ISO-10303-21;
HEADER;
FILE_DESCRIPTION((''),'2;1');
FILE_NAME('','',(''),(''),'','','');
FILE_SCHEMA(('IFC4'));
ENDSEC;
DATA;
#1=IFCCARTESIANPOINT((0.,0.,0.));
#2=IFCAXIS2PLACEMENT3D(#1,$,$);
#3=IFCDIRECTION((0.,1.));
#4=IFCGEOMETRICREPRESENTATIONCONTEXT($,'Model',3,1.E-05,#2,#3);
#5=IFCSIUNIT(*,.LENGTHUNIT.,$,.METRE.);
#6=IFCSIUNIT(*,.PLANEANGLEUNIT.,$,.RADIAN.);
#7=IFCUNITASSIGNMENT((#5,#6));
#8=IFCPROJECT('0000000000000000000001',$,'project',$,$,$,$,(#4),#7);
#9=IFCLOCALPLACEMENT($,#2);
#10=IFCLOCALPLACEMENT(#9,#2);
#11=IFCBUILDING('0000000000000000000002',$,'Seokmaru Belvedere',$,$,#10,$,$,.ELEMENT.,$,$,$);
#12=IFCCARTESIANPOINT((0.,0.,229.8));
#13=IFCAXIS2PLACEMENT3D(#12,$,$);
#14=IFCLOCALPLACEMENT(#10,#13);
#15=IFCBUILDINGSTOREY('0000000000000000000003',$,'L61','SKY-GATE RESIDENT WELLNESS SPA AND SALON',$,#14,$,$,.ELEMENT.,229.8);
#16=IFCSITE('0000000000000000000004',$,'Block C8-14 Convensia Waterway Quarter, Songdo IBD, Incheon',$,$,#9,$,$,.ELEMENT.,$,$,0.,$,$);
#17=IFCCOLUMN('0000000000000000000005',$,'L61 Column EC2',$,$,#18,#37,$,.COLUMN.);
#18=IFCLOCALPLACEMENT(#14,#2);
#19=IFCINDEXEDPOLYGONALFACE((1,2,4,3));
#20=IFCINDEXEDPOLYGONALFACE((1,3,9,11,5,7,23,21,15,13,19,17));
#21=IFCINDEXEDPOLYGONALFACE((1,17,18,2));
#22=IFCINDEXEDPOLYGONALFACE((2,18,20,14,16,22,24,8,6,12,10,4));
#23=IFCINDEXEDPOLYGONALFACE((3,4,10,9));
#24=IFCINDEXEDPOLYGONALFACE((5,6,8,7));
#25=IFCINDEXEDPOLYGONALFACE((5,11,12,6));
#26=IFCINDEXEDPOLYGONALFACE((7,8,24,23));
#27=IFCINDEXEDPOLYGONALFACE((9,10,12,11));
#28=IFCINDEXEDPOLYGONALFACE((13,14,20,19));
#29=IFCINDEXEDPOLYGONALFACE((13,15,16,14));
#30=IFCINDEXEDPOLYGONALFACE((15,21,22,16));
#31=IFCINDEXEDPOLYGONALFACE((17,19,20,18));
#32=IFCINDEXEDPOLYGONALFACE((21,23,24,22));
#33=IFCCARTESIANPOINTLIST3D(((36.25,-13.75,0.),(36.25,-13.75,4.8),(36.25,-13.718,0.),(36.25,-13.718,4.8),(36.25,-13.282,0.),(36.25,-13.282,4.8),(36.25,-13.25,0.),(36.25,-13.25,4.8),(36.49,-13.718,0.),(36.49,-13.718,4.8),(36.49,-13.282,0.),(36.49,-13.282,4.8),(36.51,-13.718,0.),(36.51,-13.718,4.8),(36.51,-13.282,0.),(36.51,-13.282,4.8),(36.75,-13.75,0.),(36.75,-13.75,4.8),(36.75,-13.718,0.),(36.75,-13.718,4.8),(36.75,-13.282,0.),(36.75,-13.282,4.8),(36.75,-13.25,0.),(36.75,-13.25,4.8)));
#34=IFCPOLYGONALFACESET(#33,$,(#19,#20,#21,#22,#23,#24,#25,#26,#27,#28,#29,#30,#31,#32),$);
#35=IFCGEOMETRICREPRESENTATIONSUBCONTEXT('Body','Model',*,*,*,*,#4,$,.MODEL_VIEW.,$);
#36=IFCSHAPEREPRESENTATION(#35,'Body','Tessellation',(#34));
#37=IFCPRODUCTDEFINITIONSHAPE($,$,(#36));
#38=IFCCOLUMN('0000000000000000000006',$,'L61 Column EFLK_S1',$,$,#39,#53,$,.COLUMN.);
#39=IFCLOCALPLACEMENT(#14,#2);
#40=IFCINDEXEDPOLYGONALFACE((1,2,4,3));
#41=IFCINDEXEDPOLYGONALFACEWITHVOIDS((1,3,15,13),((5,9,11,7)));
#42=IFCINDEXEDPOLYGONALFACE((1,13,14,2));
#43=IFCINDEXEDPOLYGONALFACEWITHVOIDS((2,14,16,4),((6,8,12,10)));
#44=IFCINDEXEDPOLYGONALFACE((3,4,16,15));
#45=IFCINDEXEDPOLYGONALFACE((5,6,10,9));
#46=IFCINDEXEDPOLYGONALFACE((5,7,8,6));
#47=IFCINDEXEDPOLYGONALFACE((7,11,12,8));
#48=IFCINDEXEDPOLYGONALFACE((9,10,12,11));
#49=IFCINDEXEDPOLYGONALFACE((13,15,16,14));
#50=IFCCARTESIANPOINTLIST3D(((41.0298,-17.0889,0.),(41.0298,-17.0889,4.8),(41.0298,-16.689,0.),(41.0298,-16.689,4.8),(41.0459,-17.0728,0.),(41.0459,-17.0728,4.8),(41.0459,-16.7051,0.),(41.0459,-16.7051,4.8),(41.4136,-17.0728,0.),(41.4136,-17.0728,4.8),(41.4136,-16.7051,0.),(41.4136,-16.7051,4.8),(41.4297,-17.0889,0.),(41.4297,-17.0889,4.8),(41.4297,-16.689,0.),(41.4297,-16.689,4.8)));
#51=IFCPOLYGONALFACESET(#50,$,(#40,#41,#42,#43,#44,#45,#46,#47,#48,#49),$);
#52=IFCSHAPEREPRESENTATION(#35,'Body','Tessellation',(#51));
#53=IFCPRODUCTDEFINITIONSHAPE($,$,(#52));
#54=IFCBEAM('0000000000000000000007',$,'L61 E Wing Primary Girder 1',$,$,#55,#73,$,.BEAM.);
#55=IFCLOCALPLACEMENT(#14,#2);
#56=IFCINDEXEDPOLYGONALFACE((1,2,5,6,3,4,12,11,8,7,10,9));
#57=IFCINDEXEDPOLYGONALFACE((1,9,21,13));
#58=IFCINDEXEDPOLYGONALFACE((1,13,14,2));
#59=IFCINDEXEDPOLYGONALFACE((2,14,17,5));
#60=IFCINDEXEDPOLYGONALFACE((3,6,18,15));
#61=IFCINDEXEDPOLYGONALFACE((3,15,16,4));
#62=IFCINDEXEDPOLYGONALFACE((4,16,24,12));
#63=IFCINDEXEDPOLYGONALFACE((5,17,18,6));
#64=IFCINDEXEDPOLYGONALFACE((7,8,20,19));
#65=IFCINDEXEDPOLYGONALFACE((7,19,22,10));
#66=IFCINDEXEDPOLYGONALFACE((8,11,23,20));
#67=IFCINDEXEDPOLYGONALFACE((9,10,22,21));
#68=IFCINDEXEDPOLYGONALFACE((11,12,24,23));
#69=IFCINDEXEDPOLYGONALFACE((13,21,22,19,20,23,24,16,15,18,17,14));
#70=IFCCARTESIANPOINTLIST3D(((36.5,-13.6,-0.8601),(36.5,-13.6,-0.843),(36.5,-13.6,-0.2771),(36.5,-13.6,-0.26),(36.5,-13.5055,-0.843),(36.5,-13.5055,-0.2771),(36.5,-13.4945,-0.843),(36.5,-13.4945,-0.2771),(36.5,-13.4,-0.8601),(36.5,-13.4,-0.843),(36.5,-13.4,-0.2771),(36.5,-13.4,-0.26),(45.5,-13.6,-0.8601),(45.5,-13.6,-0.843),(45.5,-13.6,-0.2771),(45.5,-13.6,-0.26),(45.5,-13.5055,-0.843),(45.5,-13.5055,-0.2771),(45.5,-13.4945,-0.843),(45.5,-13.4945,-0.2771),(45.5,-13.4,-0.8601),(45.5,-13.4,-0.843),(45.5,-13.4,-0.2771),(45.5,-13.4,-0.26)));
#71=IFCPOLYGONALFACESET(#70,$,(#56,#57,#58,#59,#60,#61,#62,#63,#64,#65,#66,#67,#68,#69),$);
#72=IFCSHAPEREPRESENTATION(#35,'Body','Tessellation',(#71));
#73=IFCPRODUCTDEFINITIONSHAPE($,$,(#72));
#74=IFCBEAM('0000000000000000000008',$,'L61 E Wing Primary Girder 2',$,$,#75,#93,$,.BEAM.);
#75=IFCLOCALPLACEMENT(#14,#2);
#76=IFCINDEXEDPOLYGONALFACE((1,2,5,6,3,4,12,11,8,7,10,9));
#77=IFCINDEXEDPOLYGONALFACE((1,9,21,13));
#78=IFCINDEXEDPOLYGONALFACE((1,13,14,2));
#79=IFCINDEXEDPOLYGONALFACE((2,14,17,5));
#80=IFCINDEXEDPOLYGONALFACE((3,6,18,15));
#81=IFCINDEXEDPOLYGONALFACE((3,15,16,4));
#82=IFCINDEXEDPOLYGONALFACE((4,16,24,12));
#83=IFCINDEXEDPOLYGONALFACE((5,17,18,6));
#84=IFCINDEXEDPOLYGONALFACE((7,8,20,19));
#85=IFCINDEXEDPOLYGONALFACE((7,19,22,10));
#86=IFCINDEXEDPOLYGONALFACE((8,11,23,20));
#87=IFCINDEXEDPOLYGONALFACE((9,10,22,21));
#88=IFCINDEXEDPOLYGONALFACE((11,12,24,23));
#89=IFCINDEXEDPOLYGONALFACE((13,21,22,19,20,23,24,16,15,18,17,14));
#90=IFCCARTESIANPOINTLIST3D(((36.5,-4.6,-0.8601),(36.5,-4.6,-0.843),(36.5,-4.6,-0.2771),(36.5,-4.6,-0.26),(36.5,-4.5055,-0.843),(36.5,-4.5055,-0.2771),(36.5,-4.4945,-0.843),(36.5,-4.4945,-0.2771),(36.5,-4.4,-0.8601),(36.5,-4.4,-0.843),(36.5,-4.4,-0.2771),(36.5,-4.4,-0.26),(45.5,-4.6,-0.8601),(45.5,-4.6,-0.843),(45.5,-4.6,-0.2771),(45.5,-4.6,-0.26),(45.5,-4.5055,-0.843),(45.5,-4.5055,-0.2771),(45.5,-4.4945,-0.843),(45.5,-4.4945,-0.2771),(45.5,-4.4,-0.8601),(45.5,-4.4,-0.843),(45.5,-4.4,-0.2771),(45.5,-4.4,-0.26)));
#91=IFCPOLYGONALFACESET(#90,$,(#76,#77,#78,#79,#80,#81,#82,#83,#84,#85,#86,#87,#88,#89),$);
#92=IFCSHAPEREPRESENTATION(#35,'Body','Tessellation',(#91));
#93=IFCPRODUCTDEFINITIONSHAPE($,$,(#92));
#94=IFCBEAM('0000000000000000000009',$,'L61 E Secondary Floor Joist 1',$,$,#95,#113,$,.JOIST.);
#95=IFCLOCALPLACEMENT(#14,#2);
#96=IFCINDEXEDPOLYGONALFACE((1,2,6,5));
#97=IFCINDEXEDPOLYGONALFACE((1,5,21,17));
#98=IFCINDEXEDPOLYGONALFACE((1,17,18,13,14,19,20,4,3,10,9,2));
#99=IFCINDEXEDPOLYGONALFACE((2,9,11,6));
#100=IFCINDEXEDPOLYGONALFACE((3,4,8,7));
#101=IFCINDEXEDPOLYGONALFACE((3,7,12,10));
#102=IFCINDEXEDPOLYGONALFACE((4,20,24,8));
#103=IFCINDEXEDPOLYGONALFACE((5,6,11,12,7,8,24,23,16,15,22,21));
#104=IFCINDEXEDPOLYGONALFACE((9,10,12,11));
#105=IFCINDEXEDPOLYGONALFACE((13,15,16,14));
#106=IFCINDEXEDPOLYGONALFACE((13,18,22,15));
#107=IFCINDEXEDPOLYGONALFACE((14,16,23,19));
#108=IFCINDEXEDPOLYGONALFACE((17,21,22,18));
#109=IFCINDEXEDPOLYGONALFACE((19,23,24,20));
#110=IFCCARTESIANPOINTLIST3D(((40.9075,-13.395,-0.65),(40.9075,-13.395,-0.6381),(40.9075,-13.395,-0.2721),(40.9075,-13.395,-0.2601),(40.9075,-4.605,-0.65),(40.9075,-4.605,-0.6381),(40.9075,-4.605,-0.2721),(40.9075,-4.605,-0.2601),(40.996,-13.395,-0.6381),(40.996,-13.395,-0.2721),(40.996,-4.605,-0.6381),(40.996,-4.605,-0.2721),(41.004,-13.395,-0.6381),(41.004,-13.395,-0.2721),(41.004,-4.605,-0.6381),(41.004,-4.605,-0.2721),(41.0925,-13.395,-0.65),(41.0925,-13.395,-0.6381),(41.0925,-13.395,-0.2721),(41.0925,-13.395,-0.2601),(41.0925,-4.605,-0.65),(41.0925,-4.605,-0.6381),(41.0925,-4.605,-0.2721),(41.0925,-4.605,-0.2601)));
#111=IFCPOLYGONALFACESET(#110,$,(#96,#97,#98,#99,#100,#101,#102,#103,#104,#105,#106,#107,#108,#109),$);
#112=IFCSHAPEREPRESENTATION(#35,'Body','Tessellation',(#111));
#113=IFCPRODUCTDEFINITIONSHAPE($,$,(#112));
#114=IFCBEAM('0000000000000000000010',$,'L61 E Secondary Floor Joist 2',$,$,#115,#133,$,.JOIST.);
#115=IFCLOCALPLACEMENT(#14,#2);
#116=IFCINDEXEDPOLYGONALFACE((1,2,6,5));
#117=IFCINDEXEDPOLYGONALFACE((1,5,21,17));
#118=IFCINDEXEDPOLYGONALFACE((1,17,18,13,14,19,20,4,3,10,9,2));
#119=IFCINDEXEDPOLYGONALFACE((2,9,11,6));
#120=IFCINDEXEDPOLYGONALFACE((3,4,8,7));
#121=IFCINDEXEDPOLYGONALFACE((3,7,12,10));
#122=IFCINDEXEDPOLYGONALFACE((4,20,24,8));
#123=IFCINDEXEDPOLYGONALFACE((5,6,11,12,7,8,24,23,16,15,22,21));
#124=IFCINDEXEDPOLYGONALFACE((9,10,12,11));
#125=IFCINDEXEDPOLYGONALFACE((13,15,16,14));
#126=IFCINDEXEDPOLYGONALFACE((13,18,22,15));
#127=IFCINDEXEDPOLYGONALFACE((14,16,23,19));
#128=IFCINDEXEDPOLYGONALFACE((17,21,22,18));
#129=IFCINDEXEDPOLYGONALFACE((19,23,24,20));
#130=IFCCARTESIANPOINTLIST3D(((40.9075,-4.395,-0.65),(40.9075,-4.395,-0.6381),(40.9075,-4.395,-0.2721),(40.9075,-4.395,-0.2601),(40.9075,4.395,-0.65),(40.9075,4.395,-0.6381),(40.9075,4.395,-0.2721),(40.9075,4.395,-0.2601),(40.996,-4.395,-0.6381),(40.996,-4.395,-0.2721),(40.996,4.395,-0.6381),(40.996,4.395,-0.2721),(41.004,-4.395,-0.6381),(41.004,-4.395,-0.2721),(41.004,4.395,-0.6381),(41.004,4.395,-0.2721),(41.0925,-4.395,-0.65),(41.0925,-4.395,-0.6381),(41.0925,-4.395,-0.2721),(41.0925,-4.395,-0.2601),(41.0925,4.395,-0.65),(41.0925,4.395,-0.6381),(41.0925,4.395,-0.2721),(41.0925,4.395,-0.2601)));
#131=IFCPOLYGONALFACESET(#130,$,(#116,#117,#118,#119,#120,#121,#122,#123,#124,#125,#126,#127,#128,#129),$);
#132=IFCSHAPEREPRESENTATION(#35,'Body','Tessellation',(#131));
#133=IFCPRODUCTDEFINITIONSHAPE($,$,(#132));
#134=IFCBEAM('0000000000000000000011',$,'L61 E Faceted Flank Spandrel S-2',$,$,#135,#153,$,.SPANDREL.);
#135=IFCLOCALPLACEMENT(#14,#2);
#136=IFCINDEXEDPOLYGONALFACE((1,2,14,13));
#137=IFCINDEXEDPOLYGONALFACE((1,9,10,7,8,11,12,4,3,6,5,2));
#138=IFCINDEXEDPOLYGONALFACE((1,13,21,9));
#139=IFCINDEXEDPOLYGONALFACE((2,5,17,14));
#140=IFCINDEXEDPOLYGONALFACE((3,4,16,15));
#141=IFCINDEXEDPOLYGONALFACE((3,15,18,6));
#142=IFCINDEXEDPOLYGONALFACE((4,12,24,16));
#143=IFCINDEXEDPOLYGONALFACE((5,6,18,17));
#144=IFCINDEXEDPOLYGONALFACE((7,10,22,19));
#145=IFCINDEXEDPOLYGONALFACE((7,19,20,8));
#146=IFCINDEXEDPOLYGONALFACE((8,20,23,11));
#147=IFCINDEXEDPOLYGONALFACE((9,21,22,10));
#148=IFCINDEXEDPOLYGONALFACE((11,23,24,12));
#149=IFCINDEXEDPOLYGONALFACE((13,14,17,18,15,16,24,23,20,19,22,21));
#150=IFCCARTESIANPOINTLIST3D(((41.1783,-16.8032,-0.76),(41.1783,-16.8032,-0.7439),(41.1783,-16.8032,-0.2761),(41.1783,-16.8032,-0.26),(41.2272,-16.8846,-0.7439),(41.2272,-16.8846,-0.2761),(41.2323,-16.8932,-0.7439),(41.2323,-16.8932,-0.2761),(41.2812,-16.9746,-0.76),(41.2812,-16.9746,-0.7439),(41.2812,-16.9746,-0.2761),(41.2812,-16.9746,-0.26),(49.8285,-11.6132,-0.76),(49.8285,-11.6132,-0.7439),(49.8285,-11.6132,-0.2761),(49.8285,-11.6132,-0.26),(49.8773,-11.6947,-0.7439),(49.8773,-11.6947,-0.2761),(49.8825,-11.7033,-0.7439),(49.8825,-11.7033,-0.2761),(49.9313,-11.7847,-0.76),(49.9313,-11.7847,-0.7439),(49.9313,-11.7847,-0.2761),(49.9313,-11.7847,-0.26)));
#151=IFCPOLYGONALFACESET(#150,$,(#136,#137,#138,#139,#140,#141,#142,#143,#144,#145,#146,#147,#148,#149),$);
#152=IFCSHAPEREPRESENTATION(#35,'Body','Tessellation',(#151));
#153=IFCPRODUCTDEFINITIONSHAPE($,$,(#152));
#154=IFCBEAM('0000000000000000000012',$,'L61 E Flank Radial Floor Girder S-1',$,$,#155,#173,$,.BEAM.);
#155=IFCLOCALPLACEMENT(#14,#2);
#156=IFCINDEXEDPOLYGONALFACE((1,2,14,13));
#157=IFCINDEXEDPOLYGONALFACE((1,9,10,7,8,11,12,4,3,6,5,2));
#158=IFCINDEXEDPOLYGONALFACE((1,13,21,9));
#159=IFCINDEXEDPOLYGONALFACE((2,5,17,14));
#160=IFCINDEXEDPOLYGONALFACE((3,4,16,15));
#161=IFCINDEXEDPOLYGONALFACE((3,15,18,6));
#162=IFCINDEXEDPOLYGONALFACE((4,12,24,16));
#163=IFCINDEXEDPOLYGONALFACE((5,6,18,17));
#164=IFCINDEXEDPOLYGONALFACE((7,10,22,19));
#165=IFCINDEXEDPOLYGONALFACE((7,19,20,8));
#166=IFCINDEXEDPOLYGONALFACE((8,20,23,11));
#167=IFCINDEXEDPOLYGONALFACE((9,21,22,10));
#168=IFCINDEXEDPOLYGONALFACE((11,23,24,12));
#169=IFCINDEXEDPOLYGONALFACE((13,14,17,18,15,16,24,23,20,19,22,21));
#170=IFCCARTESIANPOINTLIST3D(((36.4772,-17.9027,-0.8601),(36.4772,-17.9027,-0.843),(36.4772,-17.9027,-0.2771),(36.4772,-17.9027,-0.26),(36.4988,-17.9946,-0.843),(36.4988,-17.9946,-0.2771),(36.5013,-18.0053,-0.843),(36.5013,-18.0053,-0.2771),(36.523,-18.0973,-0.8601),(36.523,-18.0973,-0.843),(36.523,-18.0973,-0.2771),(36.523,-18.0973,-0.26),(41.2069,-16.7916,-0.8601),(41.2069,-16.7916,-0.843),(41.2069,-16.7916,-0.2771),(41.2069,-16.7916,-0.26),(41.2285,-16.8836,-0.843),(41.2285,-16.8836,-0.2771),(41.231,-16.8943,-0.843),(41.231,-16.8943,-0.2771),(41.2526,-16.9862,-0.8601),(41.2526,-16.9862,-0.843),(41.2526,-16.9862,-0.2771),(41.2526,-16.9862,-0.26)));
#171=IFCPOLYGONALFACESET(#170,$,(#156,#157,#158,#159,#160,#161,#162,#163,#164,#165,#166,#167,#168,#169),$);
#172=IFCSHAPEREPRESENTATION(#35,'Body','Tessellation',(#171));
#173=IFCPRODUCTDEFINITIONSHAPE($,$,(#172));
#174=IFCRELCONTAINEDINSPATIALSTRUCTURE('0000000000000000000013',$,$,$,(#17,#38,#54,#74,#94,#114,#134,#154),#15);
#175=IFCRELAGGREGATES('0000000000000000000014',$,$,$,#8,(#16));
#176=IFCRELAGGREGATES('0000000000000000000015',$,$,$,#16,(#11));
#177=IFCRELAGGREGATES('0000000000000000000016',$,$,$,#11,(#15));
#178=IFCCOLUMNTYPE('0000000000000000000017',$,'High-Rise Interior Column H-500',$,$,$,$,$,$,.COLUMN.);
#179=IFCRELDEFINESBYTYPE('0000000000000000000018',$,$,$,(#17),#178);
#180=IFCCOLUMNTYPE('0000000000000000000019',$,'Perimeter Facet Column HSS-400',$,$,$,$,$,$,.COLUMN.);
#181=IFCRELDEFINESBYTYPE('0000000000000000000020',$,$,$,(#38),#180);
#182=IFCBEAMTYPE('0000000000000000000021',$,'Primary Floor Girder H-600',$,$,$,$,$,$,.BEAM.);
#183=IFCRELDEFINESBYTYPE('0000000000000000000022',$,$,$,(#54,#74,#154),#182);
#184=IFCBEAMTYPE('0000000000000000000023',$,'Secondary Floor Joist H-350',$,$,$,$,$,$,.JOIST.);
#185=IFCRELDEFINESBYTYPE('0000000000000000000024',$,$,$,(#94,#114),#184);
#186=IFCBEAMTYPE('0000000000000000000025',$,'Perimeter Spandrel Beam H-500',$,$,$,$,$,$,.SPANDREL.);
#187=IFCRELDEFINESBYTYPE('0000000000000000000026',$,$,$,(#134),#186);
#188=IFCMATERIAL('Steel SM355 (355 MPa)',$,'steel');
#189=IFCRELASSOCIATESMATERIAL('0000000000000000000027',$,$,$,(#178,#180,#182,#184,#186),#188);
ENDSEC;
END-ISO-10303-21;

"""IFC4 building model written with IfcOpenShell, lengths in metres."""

from ifc_helpers import new_model, si_unit, direction, frame, origin, origin_2d, place, context, subcontext, project, spatial, hollow_rectangle, i_section, extrude, source, transform, mapped, material, material_profile, profile_set, type_object, type_shapes, element, save


model = new_model("IFC4")

# Units and contexts
model_context = context("Model", 3, precision=1e-05, world=origin(), true_north=direction((0.0, 1.0)))
body_context = subcontext(model_context, "Body", "Model", "MODEL_VIEW")
ifc_project = project(units=[si_unit("LENGTHUNIT", "METRE"), si_unit("PLANEANGLEUNIT", "RADIAN")], contexts=[model_context])

# Site, building, storey
site_placement = place(None, origin())
site = spatial("IfcSite", under=ifc_project, at=site_placement, Name="Block C8-14 Convensia Waterway Quarter, Songdo IBD, Incheon", CompositionType="ELEMENT", RefElevation=0.0)
building_placement = place(site_placement, origin())
building = spatial("IfcBuilding", under=site, at=building_placement, Name="Seokmaru Belvedere", CompositionType="ELEMENT")
storey_placement = place(building_placement, frame((0.0, 0.0, 229.8)))
storey = spatial("IfcBuildingStorey", under=building, at=storey_placement, Name="L61", Description="SKY-GATE RESIDENT WELLNESS SPA AND SALON", CompositionType="ELEMENT", Elevation=229.8)

# Columns
ifc_material_1 = material(Name="Steel SM355 (355 MPa)", Category="steel")
ifc_material_profile_1 = material_profile(ifc_material_1, i_section(OverallWidth=0.5, OverallDepth=0.5, WebThickness=0.02, FlangeThickness=0.032, at=origin_2d()), Name="H-500x500x20x32")
ifc_profile_set_1 = profile_set([ifc_material_profile_1], Name="Steel SM355 (355 MPa)")
column_type_1 = type_object("IfcColumnType", Name="High-Rise Interior Column H-500", PredefinedType="COLUMN", material=ifc_profile_set_1)
shared_shape_1 = source(origin(), body_context, "Body", "SweptSolid", [
    extrude(i_section(OverallWidth=0.5, OverallDepth=0.5, WebThickness=0.02, FlangeThickness=0.032, at=origin_2d()), origin(), (0.0, 0.0, 1.0), 4.8),
])
type_shapes(column_type_1, [shared_shape_1])
column_1_placement = place(storey_placement, frame((36.5, -13.5, 0.0), z_axis=(0.0, 0.0, 1.0), x_axis=(1.0, 0.0, 0.0)))
element("IfcColumn", 1, at=column_1_placement, inside=storey, type_object=column_type_1, Name="L61 Column EC2", PredefinedType="COLUMN", context=body_context, shape_type="MappedRepresentation", body=[
    mapped(shared_shape_1, transform((0.0, 0.0, 0.0), scale=1.0)),
])
ifc_material_profile_2 = material_profile(ifc_material_1, hollow_rectangle(XDim=0.3999, YDim=0.3999, WallThickness=0.0161, at=origin_2d()), Name="HSS-400x400x16")
ifc_profile_set_2 = profile_set([ifc_material_profile_2], Name="Steel SM355 (355 MPa)")
column_type_2 = type_object("IfcColumnType", Name="Perimeter Facet Column HSS-400", PredefinedType="COLUMN", material=ifc_profile_set_2)
shared_shape_2 = source(origin(), body_context, "Body", "SweptSolid", [
    extrude(hollow_rectangle(XDim=0.3999, YDim=0.3999, WallThickness=0.0161, at=origin_2d()), origin(), (0.0, 0.0, 1.0), 4.8),
])
type_shapes(column_type_2, [shared_shape_2])
column_2_placement = place(storey_placement, frame((41.2297, -16.8889, 0.0), z_axis=(0.0, 0.0, 1.0), x_axis=(1.0, 0.0, 0.0)))
element("IfcColumn", 2, at=column_2_placement, inside=storey, type_object=column_type_2, Name="L61 Column EFLK_S1", PredefinedType="COLUMN", context=body_context, shape_type="MappedRepresentation", body=[
    mapped(shared_shape_2, transform((0.0, 0.0, 0.0), scale=1.0)),
])

# Beams
ifc_material_profile_3 = material_profile(ifc_material_1, i_section(OverallWidth=0.2, OverallDepth=0.6001, WebThickness=0.011, FlangeThickness=0.0171, at=origin_2d()), Name="H-600x200x11x17")
ifc_profile_set_3 = profile_set([ifc_material_profile_3], Name="Steel SM355 (355 MPa)")
beam_type_1 = type_object("IfcBeamType", Name="Primary Floor Girder H-600", PredefinedType="BEAM", material=ifc_profile_set_3)
shared_shape_3 = source(origin(), body_context, "Body", "SweptSolid", [
    extrude(i_section(OverallWidth=0.2, OverallDepth=0.6001, WebThickness=0.011, FlangeThickness=0.0171, at=origin_2d()), origin(), (0.0, 0.0, 1.0), 9.0),
])
for number, where, z_axis, x_axis, name in (
    (3, (36.5, -13.5, -0.5601), (1.0, 0.0, 0.0), (0.0, 1.0, 0.0), "L61 E Wing Primary Girder 1"),
    (4, (36.5, -4.5, -0.5601), (1.0, 0.0, 0.0), (0.0, 1.0, 0.0), "L61 E Wing Primary Girder 2"),
):
    element("IfcBeam", number, at=place(storey_placement, frame(where, z_axis=z_axis, x_axis=x_axis)), inside=storey, type_object=beam_type_1, Name=name, PredefinedType="BEAM", context=body_context, shape_type="MappedRepresentation", body=[
        mapped(shared_shape_3, transform((0.0, 0.0, 0.0), scale=1.0)),
    ])
ifc_material_profile_4 = material_profile(ifc_material_1, i_section(OverallWidth=0.1851, OverallDepth=0.3899, WebThickness=0.0081, FlangeThickness=0.012, at=origin_2d()), Name="H-390x185x8x12")
ifc_profile_set_4 = profile_set([ifc_material_profile_4], Name="Steel SM355 (355 MPa)")
beam_type_2 = type_object("IfcBeamType", Name="Secondary Floor Joist H-350", PredefinedType="JOIST", material=ifc_profile_set_4)
shared_shape_4 = source(origin(), body_context, "Body", "SweptSolid", [
    extrude(i_section(OverallWidth=0.1851, OverallDepth=0.3899, WebThickness=0.0081, FlangeThickness=0.012, at=origin_2d()), origin(), (0.0, 0.0, 1.0), 8.79),
])
type_shapes(beam_type_2, [shared_shape_4])
for number, where, z_axis, x_axis, name in (
    (5, (41.0, -13.395, -0.4551), (0.0, 1.0, 0.0), (-1.0, 0.0, 0.0), "L61 E Secondary Floor Joist 1"),
    (6, (41.0, -4.395, -0.4551), (0.0, 1.0, 0.0), (-1.0, 0.0, 0.0), "L61 E Secondary Floor Joist 2"),
):
    element("IfcBeam", number, at=place(storey_placement, frame(where, z_axis=z_axis, x_axis=x_axis)), inside=storey, type_object=beam_type_2, Name=name, PredefinedType="JOIST", context=body_context, shape_type="MappedRepresentation", body=[
        mapped(shared_shape_4, transform((0.0, 0.0, 0.0), scale=1.0)),
    ])
ifc_material_profile_5 = material_profile(ifc_material_1, i_section(OverallWidth=0.2, OverallDepth=0.5, WebThickness=0.01, FlangeThickness=0.0161, at=origin_2d()), Name="H-500x200x10x16")
ifc_profile_set_5 = profile_set([ifc_material_profile_5], Name="Steel SM355 (355 MPa)")
beam_type_3 = type_object("IfcBeamType", Name="Perimeter Spandrel Beam H-500", PredefinedType="SPANDREL", material=ifc_profile_set_5)
shared_shape_5 = source(origin(), body_context, "Body", "SweptSolid", [
    extrude(i_section(OverallWidth=0.2, OverallDepth=0.5, WebThickness=0.01, FlangeThickness=0.0161, at=origin_2d()), origin(), (0.0, 0.0, 1.0), 10.0876),
])
type_shapes(beam_type_3, [shared_shape_5])
beam_1_placement = place(storey_placement, frame((41.2297, -16.8889, -0.51), z_axis=(0.857499, 0.514485, 0.0), x_axis=(-0.514485, 0.857499, 0.0)))
element("IfcBeam", 7, at=beam_1_placement, inside=storey, type_object=beam_type_3, Name="L61 E Faceted Flank Spandrel S-2", PredefinedType="SPANDREL", context=body_context, shape_type="MappedRepresentation", body=[
    mapped(shared_shape_5, transform((0.0, 0.0, 0.0), scale=1.0)),
])
shared_shape_6 = source(origin(), body_context, "Body", "SweptSolid", [
    extrude(i_section(OverallWidth=0.2, OverallDepth=0.6001, WebThickness=0.011, FlangeThickness=0.0171, at=origin_2d()), origin(), (0.0, 0.0, 1.0), 4.8584),
])
type_shapes(beam_type_1, [shared_shape_3, shared_shape_6])
beam_2_placement = place(storey_placement, frame((41.2297, -16.8889, -0.5601), z_axis=(-0.973499, -0.228689, 0.0), x_axis=(0.228689, -0.973499, 0.0)))
element("IfcBeam", 8, at=beam_2_placement, inside=storey, type_object=beam_type_1, Name="L61 E Flank Radial Floor Girder S-1", PredefinedType="BEAM", context=body_context, shape_type="MappedRepresentation", body=[
    mapped(shared_shape_6, transform((0.0, 0.0, 0.0), scale=1.0)),
])

save(model, "model.ifc")
